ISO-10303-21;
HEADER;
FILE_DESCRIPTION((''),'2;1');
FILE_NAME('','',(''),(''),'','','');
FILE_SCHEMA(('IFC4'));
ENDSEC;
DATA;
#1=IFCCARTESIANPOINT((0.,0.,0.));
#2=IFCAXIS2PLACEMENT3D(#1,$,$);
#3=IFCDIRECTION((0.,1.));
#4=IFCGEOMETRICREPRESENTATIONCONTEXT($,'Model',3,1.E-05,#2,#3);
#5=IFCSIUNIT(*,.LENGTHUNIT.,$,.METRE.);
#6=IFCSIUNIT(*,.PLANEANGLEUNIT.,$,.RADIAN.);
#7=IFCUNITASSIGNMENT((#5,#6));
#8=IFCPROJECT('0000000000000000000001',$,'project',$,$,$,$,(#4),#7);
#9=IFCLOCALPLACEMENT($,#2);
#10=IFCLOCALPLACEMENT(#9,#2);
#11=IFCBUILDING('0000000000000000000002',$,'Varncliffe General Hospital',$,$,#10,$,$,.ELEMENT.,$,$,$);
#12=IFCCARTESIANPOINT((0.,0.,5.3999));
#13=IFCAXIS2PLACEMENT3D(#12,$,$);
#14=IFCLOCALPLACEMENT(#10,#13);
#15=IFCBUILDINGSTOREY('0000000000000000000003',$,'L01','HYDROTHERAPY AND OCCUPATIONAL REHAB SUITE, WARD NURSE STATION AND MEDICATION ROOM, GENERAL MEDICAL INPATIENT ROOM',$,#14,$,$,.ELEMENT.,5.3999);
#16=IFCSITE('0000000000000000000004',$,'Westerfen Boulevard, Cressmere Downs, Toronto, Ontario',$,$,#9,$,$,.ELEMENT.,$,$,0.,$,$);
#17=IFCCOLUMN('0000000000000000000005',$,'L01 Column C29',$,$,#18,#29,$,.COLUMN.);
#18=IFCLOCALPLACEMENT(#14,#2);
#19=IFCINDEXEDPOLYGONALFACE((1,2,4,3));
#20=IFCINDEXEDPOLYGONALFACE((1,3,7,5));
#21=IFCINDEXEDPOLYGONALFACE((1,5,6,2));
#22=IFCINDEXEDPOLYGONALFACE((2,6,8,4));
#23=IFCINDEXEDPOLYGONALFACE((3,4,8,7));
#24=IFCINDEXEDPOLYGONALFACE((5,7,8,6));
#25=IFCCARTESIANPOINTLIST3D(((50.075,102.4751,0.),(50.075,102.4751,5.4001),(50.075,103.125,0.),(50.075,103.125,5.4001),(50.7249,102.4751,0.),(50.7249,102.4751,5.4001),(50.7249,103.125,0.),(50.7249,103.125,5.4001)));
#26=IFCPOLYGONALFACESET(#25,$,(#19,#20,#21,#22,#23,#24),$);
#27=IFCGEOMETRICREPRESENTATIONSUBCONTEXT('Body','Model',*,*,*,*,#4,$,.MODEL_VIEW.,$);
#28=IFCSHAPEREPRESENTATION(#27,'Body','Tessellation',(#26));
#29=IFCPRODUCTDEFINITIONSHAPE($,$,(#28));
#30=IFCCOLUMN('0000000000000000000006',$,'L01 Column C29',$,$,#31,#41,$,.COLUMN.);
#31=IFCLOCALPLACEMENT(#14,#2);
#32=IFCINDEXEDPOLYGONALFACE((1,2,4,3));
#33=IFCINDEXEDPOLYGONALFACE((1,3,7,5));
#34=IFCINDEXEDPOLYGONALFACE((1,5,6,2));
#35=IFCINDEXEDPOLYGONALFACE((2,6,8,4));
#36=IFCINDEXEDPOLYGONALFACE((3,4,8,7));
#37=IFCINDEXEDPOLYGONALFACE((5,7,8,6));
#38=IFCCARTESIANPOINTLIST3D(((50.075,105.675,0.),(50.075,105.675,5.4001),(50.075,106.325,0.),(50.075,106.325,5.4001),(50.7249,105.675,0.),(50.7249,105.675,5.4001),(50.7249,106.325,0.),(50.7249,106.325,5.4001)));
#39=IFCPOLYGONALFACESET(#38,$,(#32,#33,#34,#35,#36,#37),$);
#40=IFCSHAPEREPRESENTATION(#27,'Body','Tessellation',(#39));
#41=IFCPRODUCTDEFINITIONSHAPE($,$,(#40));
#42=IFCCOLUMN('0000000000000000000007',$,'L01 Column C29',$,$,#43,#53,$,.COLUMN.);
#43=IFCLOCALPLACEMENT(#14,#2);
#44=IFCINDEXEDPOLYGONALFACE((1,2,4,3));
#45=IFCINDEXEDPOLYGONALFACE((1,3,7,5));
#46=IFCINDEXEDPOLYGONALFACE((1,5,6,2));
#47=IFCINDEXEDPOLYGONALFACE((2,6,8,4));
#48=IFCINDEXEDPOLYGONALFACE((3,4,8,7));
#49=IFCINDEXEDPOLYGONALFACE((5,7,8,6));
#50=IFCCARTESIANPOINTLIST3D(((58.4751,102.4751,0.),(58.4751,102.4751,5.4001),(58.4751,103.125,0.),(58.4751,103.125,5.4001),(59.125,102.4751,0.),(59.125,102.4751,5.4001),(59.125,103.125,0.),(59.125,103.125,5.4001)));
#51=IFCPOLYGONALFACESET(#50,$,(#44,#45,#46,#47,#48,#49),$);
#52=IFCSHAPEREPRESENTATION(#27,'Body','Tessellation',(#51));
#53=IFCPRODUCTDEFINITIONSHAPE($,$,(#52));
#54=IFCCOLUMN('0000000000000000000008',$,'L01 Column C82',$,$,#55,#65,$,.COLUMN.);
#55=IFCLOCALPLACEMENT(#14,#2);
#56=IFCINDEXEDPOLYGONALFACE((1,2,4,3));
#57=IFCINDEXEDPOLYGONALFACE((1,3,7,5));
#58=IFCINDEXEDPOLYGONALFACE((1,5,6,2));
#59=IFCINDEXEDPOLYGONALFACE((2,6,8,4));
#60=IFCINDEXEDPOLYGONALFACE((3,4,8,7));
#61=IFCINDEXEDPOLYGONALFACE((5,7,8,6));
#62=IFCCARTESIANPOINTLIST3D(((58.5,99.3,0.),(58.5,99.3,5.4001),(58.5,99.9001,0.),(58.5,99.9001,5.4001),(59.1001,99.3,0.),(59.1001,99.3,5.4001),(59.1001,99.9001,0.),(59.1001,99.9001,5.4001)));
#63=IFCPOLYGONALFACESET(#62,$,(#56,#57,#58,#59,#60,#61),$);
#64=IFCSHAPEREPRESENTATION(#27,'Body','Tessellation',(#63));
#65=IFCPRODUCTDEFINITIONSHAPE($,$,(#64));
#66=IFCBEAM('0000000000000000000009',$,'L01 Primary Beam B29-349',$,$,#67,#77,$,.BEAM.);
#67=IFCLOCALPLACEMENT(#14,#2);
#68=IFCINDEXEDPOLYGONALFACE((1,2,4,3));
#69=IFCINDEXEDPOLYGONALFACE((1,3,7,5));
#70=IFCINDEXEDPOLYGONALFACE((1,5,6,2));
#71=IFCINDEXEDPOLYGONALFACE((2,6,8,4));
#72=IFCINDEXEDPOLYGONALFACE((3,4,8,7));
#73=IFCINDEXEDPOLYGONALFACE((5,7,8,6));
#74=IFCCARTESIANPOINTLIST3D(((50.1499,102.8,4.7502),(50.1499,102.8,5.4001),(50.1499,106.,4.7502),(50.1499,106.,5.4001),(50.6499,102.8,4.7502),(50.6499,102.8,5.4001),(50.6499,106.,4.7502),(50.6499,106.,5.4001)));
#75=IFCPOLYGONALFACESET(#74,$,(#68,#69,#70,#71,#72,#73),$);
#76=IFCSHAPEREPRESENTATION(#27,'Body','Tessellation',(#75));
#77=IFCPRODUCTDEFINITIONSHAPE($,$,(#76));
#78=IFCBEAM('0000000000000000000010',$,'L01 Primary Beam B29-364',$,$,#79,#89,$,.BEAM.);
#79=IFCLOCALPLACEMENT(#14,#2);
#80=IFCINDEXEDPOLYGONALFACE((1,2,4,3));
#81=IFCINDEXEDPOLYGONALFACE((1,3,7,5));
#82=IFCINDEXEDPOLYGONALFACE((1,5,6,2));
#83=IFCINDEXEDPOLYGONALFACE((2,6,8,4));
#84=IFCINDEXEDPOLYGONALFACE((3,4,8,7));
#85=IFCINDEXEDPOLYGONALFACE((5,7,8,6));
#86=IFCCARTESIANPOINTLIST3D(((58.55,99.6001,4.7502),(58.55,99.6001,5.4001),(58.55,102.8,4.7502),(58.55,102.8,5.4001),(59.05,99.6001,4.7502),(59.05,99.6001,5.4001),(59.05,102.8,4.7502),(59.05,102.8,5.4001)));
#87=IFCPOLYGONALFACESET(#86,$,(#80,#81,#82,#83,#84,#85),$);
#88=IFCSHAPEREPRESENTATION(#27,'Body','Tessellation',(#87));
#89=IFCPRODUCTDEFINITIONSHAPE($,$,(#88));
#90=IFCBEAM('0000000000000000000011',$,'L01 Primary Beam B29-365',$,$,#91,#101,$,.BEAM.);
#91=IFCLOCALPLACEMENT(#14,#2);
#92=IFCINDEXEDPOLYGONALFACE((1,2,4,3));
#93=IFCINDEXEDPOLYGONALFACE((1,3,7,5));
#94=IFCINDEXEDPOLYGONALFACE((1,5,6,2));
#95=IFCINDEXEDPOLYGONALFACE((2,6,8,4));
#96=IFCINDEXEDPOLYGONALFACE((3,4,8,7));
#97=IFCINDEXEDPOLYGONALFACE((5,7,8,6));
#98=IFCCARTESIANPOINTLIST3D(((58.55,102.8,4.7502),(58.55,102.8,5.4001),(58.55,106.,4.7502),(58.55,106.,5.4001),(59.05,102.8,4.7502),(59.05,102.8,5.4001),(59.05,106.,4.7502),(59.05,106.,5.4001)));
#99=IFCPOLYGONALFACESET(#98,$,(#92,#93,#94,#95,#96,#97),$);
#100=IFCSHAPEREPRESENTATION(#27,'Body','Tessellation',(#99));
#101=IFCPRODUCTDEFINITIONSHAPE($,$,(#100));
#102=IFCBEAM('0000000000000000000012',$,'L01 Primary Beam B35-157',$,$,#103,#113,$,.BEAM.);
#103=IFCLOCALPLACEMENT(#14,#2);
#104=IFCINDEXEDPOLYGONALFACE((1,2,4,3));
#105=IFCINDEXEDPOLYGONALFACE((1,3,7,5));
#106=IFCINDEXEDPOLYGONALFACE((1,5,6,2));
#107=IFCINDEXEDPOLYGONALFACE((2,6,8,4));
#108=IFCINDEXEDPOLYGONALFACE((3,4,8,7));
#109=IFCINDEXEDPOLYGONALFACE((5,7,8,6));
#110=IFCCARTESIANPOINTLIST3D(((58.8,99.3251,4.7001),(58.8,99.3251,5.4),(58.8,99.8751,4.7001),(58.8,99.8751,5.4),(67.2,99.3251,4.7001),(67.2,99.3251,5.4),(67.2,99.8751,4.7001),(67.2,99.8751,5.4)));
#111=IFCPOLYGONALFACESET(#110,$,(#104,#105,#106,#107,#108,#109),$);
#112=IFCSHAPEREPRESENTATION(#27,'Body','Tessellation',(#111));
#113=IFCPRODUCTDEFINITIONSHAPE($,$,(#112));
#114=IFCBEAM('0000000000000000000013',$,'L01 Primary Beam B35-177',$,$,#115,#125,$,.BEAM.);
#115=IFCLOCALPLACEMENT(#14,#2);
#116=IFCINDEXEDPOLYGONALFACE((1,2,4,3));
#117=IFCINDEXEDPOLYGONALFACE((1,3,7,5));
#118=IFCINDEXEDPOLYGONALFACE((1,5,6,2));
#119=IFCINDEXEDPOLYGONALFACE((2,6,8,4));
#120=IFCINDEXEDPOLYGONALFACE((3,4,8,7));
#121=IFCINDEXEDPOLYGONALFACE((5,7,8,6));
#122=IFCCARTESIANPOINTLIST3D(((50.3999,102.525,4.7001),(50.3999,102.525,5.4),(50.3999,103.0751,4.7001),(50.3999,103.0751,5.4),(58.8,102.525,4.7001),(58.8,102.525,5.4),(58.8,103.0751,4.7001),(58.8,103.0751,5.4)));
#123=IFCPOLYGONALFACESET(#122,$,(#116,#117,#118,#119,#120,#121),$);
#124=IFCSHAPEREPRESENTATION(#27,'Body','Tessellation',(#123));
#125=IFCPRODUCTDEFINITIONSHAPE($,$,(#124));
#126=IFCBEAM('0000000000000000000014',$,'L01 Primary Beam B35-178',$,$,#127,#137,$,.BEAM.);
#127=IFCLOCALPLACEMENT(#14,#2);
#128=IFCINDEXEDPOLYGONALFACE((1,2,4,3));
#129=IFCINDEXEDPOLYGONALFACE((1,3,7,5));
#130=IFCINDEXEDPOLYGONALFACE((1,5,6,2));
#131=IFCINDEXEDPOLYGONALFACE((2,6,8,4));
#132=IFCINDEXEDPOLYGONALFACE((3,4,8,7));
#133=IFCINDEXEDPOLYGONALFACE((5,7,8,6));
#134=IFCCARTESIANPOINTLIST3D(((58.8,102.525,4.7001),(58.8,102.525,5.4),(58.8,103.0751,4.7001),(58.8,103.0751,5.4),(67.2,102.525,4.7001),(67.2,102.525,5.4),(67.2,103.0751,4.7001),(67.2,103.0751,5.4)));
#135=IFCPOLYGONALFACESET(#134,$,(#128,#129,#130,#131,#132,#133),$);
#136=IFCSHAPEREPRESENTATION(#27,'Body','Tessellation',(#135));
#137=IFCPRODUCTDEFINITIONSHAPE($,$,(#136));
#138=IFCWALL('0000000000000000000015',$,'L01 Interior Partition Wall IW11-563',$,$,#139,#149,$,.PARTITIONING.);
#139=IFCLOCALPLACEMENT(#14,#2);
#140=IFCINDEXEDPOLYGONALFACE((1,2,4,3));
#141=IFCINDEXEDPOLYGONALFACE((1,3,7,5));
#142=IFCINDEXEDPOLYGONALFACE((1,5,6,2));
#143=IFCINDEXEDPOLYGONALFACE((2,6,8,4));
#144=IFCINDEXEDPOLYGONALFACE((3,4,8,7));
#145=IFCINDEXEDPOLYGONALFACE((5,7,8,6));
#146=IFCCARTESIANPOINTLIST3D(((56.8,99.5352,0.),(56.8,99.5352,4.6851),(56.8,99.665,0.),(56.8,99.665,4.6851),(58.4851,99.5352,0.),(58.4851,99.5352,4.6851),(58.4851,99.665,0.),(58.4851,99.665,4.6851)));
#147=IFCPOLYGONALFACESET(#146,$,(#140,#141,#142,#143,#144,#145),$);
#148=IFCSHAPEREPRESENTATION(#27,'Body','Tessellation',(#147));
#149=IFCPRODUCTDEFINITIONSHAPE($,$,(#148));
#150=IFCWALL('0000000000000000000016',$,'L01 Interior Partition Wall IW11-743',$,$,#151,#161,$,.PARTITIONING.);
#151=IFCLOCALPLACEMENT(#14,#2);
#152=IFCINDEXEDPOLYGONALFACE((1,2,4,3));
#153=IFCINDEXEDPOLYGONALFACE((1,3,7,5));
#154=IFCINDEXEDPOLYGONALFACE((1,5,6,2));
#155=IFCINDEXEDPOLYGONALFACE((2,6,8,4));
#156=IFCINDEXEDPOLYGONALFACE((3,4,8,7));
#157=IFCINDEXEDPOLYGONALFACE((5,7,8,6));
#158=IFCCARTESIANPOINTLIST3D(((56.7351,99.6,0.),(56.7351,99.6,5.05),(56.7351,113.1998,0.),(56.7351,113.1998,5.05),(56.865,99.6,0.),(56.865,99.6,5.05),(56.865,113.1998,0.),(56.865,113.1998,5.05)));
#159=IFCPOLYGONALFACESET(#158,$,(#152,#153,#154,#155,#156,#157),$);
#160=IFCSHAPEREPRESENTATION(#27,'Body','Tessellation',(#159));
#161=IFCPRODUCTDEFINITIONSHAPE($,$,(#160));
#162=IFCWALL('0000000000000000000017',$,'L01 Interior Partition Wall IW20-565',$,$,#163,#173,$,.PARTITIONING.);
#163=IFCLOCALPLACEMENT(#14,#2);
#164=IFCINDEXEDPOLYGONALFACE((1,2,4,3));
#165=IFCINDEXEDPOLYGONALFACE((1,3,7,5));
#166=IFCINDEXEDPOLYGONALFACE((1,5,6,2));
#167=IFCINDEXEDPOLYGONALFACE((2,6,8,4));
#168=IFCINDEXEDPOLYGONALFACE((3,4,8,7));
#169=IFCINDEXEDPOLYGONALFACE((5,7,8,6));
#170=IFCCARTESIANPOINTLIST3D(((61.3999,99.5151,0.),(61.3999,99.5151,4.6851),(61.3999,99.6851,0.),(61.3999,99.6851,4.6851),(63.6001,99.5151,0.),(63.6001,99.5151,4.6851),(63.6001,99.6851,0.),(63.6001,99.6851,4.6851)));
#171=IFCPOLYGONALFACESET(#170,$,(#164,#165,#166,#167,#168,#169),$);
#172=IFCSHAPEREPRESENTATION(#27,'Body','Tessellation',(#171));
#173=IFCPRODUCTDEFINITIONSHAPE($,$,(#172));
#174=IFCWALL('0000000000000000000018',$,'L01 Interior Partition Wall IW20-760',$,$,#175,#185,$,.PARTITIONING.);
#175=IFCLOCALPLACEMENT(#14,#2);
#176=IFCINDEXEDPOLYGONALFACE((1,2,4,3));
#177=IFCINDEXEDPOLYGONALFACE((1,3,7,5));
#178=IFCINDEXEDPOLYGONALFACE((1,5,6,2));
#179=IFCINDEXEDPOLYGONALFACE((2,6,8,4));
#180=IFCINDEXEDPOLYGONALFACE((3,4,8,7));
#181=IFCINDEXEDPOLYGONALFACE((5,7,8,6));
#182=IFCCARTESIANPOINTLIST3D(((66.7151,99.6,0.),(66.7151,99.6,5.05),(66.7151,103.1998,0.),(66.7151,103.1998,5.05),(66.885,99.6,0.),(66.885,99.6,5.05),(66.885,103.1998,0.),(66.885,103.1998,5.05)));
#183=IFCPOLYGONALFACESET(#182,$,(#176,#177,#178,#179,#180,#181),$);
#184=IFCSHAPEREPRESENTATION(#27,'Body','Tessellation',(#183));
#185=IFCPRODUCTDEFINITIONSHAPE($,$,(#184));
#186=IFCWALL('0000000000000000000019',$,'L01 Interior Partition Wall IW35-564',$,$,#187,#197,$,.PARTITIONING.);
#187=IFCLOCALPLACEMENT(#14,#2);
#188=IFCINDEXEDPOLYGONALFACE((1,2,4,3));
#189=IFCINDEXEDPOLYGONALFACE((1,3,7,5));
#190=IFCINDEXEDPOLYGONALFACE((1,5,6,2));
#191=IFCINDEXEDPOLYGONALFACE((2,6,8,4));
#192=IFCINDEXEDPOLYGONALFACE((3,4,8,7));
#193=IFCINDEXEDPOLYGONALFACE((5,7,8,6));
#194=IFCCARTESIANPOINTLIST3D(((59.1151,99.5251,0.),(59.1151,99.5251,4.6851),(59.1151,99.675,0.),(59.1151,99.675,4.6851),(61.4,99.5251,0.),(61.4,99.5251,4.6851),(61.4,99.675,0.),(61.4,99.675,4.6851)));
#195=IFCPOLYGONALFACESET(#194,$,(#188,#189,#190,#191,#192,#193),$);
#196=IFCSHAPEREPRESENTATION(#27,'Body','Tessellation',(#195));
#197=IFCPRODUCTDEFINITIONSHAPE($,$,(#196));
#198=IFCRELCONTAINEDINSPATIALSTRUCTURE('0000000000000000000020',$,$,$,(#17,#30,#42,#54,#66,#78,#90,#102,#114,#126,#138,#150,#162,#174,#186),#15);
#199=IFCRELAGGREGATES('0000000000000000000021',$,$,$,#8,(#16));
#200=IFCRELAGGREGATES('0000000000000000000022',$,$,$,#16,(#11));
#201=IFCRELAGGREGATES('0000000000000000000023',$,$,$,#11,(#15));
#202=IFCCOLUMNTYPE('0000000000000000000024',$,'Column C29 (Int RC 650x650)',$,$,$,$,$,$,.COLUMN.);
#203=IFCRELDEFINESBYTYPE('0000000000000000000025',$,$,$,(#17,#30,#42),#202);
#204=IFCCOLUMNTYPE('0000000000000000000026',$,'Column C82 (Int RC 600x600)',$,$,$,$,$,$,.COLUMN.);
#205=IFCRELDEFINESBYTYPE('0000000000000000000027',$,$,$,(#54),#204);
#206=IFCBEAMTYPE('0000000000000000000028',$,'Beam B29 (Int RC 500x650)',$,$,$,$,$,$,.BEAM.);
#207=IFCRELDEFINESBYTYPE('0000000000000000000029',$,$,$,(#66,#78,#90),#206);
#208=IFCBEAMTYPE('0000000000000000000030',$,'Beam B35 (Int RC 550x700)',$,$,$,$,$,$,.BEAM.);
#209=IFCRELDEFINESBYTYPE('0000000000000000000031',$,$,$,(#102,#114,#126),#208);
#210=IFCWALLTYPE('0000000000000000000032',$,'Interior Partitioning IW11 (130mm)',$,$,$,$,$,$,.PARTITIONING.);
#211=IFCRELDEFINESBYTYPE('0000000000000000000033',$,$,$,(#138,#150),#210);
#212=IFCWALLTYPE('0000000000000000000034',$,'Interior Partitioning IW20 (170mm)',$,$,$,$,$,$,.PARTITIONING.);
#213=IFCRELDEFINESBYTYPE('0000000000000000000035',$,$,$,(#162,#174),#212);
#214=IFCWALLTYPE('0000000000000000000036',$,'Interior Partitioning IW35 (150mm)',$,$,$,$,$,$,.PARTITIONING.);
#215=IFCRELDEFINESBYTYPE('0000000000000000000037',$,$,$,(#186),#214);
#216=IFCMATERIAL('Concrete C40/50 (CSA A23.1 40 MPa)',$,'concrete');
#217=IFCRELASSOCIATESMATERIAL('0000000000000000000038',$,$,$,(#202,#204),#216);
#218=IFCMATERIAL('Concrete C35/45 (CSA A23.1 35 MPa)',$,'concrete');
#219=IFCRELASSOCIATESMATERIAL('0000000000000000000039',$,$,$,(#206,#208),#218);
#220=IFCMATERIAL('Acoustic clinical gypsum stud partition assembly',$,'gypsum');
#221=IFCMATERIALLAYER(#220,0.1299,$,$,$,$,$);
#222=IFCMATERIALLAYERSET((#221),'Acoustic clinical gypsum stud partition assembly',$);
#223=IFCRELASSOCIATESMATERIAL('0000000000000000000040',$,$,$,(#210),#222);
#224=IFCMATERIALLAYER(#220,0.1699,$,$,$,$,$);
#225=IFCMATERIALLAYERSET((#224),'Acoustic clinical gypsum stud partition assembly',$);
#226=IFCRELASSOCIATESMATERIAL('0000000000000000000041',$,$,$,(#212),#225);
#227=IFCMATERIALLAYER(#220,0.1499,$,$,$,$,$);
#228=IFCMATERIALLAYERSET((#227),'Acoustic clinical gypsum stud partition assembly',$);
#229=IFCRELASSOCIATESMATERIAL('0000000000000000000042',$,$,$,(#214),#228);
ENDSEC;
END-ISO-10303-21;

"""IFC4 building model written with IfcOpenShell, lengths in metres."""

from ifc_helpers import new_model, si_unit, direction, frame, frame_2d, origin, origin_2d, place, context, subcontext, project, spatial, rectangle, extrude, material, layer, layer_set, material_profile, profile_set, type_object, element, save


model = new_model("IFC4")

# Units and contexts
model_context = context("Model", 3, precision=1e-05, world=origin(), true_north=direction((0.0, 1.0)))
body_context = subcontext(model_context, "Body", "Model", "MODEL_VIEW")
ifc_project = project(units=[si_unit("LENGTHUNIT", "METRE"), si_unit("PLANEANGLEUNIT", "RADIAN")], contexts=[model_context])

# Site, building, storey
site_placement = place(None, origin())
site = spatial("IfcSite", under=ifc_project, at=site_placement, Name="Westerfen Boulevard, Cressmere Downs, Toronto, Ontario", CompositionType="ELEMENT", RefElevation=0.0)
building_placement = place(site_placement, origin())
building = spatial("IfcBuilding", under=site, at=building_placement, Name="Varncliffe General Hospital", CompositionType="ELEMENT")
storey_placement = place(building_placement, frame((0.0, 0.0, 5.3999)))
storey = spatial("IfcBuildingStorey", under=building, at=storey_placement, Name="L01", Description="HYDROTHERAPY AND OCCUPATIONAL REHAB SUITE, WARD NURSE STATION AND MEDICATION ROOM, GENERAL MEDICAL INPATIENT ROOM", CompositionType="ELEMENT", Elevation=5.3999)

# Columns
ifc_material_1 = material(Name="Concrete C40/50 (CSA A23.1 40 MPa)", Category="concrete")
ifc_material_profile_1 = material_profile(ifc_material_1, rectangle(XDim=0.6499, YDim=0.6499, at=origin_2d()), Name="RC 650x650")
ifc_profile_set_1 = profile_set([ifc_material_profile_1], Name="Concrete C40/50 (CSA A23.1 40 MPa)")
column_type_1 = type_object("IfcColumnType", Name="Column C29 (Int RC 650x650)", PredefinedType="COLUMN", material=ifc_profile_set_1)
for number, where, z_axis, x_axis, name in (
    (1, (50.3999, 102.8, 0.0), (0.0, 0.0, 1.0), (1.0, 0.0, 0.0), "L01 Column C29"),
    (2, (50.3999, 106.0, 0.0), (0.0, 0.0, 1.0), (1.0, 0.0, 0.0), "L01 Column C29"),
    (3, (58.8, 102.8, 0.0), (0.0, 0.0, 1.0), (1.0, 0.0, 0.0), "L01 Column C29"),
):
    element("IfcColumn", number, at=place(storey_placement, frame(where, z_axis=z_axis, x_axis=x_axis)), inside=storey, type_object=column_type_1, Name=name, PredefinedType="COLUMN", context=body_context, shape_type="SweptSolid", body=[
        extrude(rectangle(XDim=0.6499, YDim=0.6499, at=origin_2d()), origin(), (0.0, 0.0, 1.0), 5.4001),
    ])
ifc_material_profile_2 = material_profile(ifc_material_1, rectangle(XDim=0.6001, YDim=0.6001, at=origin_2d()), Name="RC 600x600")
ifc_profile_set_2 = profile_set([ifc_material_profile_2], Name="Concrete C40/50 (CSA A23.1 40 MPa)")
column_type_2 = type_object("IfcColumnType", Name="Column C82 (Int RC 600x600)", PredefinedType="COLUMN", material=ifc_profile_set_2)
column_placement = place(storey_placement, frame((58.8, 99.6001, 0.0), z_axis=(0.0, 0.0, 1.0), x_axis=(1.0, 0.0, 0.0)))
element("IfcColumn", 4, at=column_placement, inside=storey, type_object=column_type_2, Name="L01 Column C82", PredefinedType="COLUMN", context=body_context, shape_type="SweptSolid", body=[
    extrude(rectangle(XDim=0.6001, YDim=0.6001, at=origin_2d()), origin(), (0.0, 0.0, 1.0), 5.4001),
])

# Beams
ifc_material_2 = material(Name="Concrete C35/45 (CSA A23.1 35 MPa)", Category="concrete")
ifc_material_profile_3 = material_profile(ifc_material_2, rectangle(XDim=0.5, YDim=0.6499, at=origin_2d()), Name="RC 500x650")
ifc_profile_set_3 = profile_set([ifc_material_profile_3], Name="Concrete C35/45 (CSA A23.1 35 MPa)")
beam_type_1 = type_object("IfcBeamType", Name="Beam B29 (Int RC 500x650)", PredefinedType="BEAM", material=ifc_profile_set_3)
for number, where, z_axis, x_axis, name in (
    (5, (50.3999, 102.8, 5.0752), (0.0, 1.0, 0.0), (-1.0, 0.0, 0.0), "L01 Primary Beam B29-349"),
    (6, (58.8, 99.6001, 5.0752), (0.0, 1.0, 0.0), (-1.0, 0.0, 0.0), "L01 Primary Beam B29-364"),
    (7, (58.8, 102.8, 5.0752), (0.0, 1.0, 0.0), (-1.0, 0.0, 0.0), "L01 Primary Beam B29-365"),
):
    element("IfcBeam", number, at=place(storey_placement, frame(where, z_axis=z_axis, x_axis=x_axis)), inside=storey, type_object=beam_type_1, Name=name, PredefinedType="BEAM", context=body_context, shape_type="SweptSolid", body=[
        extrude(rectangle(XDim=0.5, YDim=0.6499, at=origin_2d()), origin(), (0.0, 0.0, 1.0), 3.2),
    ])
ifc_material_profile_4 = material_profile(ifc_material_2, rectangle(XDim=0.55, YDim=0.7, at=origin_2d()), Name="RC 550x700")
ifc_profile_set_4 = profile_set([ifc_material_profile_4], Name="Concrete C35/45 (CSA A23.1 35 MPa)")
beam_type_2 = type_object("IfcBeamType", Name="Beam B35 (Int RC 550x700)", PredefinedType="BEAM", material=ifc_profile_set_4)
beam_1_placement = place(storey_placement, frame((58.8, 99.6001, 5.05), z_axis=(1.0, 0.0, 0.0), x_axis=(0.0, 1.0, 0.0)))
element("IfcBeam", 8, at=beam_1_placement, inside=storey, type_object=beam_type_2, Name="L01 Primary Beam B35-157", PredefinedType="BEAM", context=body_context, shape_type="SweptSolid", body=[
    extrude(rectangle(XDim=0.55, YDim=0.7, at=origin_2d()), origin(), (0.0, 0.0, 1.0), 8.3999),
])
beam_2_placement = place(storey_placement, frame((50.3999, 102.8, 5.05), z_axis=(1.0, 0.0, 0.0), x_axis=(0.0, 1.0, 0.0)))
element("IfcBeam", 9, at=beam_2_placement, inside=storey, type_object=beam_type_2, Name="L01 Primary Beam B35-177", PredefinedType="BEAM", context=body_context, shape_type="SweptSolid", body=[
    extrude(rectangle(XDim=0.55, YDim=0.7, at=origin_2d()), origin(), (0.0, 0.0, 1.0), 8.4001),
])
beam_3_placement = place(storey_placement, frame((58.8, 102.8, 5.05), z_axis=(1.0, 0.0, 0.0), x_axis=(0.0, 1.0, 0.0)))
element("IfcBeam", 10, at=beam_3_placement, inside=storey, type_object=beam_type_2, Name="L01 Primary Beam B35-178", PredefinedType="BEAM", context=body_context, shape_type="SweptSolid", body=[
    extrude(rectangle(XDim=0.55, YDim=0.7, at=origin_2d()), origin(), (0.0, 0.0, 1.0), 8.3999),
])

# Walls
ifc_material_3 = material(Name="Acoustic clinical gypsum stud partition assembly", Category="gypsum")
ifc_layer_1 = layer(ifc_material_3, 0.1299)
ifc_layer_set_1 = layer_set([ifc_layer_1], Name="Acoustic clinical gypsum stud partition assembly")
wall_type_1 = type_object("IfcWallType", Name="Interior Partitioning IW11 (130mm)", PredefinedType="PARTITIONING", material=ifc_layer_set_1)
wall_1_placement = place(storey_placement, frame((56.8, 99.6001, 0.0), z_axis=(0.0, 0.0, 1.0), x_axis=(1.0, 0.0, 0.0)))
element("IfcWall", 11, at=wall_1_placement, inside=storey, type_object=wall_type_1, Name="L01 Interior Partition Wall IW11-563", PredefinedType="PARTITIONING", context=body_context, shape_type="SweptSolid", body=[
    extrude(rectangle(XDim=1.6851, YDim=0.1299, at=frame_2d((0.8425, 0.0))), origin(), (0.0, 0.0, 1.0), 4.6851),
])
wall_2_placement = place(storey_placement, frame((56.8, 99.6001, 0.0), z_axis=(0.0, 0.0, 1.0), x_axis=(0.0, 1.0, 0.0)))
element("IfcWall", 12, at=wall_2_placement, inside=storey, type_object=wall_type_1, Name="L01 Interior Partition Wall IW11-743", PredefinedType="PARTITIONING", context=body_context, shape_type="SweptSolid", body=[
    extrude(rectangle(XDim=13.5999, YDim=0.1299, at=frame_2d((6.7998, 0.0))), origin(), (0.0, 0.0, 1.0), 5.05),
])
ifc_layer_2 = layer(ifc_material_3, 0.1699)
ifc_layer_set_2 = layer_set([ifc_layer_2], Name="Acoustic clinical gypsum stud partition assembly")
wall_type_2 = type_object("IfcWallType", Name="Interior Partitioning IW20 (170mm)", PredefinedType="PARTITIONING", material=ifc_layer_set_2)
wall_3_placement = place(storey_placement, frame((61.3999, 99.6001, 0.0), z_axis=(0.0, 0.0, 1.0), x_axis=(1.0, 0.0, 0.0)))
element("IfcWall", 13, at=wall_3_placement, inside=storey, type_object=wall_type_2, Name="L01 Interior Partition Wall IW20-565", PredefinedType="PARTITIONING", context=body_context, shape_type="SweptSolid", body=[
    extrude(rectangle(XDim=2.2002, YDim=0.1699, at=frame_2d((1.1001, 0.0))), origin(), (0.0, 0.0, 1.0), 4.6851),
])
wall_4_placement = place(storey_placement, frame((66.8, 99.6001, 0.0), z_axis=(0.0, 0.0, 1.0), x_axis=(0.0, 1.0, 0.0)))
element("IfcWall", 14, at=wall_4_placement, inside=storey, type_object=wall_type_2, Name="L01 Interior Partition Wall IW20-760", PredefinedType="PARTITIONING", context=body_context, shape_type="SweptSolid", body=[
    extrude(rectangle(XDim=3.5999, YDim=0.1699, at=frame_2d((1.7998, 0.0))), origin(), (0.0, 0.0, 1.0), 5.05),
])
ifc_layer_3 = layer(ifc_material_3, 0.1499)
ifc_layer_set_3 = layer_set([ifc_layer_3], Name="Acoustic clinical gypsum stud partition assembly")
wall_type_3 = type_object("IfcWallType", Name="Interior Partitioning IW35 (150mm)", PredefinedType="PARTITIONING", material=ifc_layer_set_3)
wall_5_placement = place(storey_placement, frame((59.115, 99.6001, 0.0), z_axis=(0.0, 0.0, 1.0), x_axis=(1.0, 0.0, 0.0)))
element("IfcWall", 15, at=wall_5_placement, inside=storey, type_object=wall_type_3, Name="L01 Interior Partition Wall IW35-564", PredefinedType="PARTITIONING", context=body_context, shape_type="SweptSolid", body=[
    extrude(rectangle(XDim=2.2849, YDim=0.1499, at=frame_2d((1.1426, 0.0))), origin(), (0.0, 0.0, 1.0), 4.6851),
])

save(model, "model.ifc")
